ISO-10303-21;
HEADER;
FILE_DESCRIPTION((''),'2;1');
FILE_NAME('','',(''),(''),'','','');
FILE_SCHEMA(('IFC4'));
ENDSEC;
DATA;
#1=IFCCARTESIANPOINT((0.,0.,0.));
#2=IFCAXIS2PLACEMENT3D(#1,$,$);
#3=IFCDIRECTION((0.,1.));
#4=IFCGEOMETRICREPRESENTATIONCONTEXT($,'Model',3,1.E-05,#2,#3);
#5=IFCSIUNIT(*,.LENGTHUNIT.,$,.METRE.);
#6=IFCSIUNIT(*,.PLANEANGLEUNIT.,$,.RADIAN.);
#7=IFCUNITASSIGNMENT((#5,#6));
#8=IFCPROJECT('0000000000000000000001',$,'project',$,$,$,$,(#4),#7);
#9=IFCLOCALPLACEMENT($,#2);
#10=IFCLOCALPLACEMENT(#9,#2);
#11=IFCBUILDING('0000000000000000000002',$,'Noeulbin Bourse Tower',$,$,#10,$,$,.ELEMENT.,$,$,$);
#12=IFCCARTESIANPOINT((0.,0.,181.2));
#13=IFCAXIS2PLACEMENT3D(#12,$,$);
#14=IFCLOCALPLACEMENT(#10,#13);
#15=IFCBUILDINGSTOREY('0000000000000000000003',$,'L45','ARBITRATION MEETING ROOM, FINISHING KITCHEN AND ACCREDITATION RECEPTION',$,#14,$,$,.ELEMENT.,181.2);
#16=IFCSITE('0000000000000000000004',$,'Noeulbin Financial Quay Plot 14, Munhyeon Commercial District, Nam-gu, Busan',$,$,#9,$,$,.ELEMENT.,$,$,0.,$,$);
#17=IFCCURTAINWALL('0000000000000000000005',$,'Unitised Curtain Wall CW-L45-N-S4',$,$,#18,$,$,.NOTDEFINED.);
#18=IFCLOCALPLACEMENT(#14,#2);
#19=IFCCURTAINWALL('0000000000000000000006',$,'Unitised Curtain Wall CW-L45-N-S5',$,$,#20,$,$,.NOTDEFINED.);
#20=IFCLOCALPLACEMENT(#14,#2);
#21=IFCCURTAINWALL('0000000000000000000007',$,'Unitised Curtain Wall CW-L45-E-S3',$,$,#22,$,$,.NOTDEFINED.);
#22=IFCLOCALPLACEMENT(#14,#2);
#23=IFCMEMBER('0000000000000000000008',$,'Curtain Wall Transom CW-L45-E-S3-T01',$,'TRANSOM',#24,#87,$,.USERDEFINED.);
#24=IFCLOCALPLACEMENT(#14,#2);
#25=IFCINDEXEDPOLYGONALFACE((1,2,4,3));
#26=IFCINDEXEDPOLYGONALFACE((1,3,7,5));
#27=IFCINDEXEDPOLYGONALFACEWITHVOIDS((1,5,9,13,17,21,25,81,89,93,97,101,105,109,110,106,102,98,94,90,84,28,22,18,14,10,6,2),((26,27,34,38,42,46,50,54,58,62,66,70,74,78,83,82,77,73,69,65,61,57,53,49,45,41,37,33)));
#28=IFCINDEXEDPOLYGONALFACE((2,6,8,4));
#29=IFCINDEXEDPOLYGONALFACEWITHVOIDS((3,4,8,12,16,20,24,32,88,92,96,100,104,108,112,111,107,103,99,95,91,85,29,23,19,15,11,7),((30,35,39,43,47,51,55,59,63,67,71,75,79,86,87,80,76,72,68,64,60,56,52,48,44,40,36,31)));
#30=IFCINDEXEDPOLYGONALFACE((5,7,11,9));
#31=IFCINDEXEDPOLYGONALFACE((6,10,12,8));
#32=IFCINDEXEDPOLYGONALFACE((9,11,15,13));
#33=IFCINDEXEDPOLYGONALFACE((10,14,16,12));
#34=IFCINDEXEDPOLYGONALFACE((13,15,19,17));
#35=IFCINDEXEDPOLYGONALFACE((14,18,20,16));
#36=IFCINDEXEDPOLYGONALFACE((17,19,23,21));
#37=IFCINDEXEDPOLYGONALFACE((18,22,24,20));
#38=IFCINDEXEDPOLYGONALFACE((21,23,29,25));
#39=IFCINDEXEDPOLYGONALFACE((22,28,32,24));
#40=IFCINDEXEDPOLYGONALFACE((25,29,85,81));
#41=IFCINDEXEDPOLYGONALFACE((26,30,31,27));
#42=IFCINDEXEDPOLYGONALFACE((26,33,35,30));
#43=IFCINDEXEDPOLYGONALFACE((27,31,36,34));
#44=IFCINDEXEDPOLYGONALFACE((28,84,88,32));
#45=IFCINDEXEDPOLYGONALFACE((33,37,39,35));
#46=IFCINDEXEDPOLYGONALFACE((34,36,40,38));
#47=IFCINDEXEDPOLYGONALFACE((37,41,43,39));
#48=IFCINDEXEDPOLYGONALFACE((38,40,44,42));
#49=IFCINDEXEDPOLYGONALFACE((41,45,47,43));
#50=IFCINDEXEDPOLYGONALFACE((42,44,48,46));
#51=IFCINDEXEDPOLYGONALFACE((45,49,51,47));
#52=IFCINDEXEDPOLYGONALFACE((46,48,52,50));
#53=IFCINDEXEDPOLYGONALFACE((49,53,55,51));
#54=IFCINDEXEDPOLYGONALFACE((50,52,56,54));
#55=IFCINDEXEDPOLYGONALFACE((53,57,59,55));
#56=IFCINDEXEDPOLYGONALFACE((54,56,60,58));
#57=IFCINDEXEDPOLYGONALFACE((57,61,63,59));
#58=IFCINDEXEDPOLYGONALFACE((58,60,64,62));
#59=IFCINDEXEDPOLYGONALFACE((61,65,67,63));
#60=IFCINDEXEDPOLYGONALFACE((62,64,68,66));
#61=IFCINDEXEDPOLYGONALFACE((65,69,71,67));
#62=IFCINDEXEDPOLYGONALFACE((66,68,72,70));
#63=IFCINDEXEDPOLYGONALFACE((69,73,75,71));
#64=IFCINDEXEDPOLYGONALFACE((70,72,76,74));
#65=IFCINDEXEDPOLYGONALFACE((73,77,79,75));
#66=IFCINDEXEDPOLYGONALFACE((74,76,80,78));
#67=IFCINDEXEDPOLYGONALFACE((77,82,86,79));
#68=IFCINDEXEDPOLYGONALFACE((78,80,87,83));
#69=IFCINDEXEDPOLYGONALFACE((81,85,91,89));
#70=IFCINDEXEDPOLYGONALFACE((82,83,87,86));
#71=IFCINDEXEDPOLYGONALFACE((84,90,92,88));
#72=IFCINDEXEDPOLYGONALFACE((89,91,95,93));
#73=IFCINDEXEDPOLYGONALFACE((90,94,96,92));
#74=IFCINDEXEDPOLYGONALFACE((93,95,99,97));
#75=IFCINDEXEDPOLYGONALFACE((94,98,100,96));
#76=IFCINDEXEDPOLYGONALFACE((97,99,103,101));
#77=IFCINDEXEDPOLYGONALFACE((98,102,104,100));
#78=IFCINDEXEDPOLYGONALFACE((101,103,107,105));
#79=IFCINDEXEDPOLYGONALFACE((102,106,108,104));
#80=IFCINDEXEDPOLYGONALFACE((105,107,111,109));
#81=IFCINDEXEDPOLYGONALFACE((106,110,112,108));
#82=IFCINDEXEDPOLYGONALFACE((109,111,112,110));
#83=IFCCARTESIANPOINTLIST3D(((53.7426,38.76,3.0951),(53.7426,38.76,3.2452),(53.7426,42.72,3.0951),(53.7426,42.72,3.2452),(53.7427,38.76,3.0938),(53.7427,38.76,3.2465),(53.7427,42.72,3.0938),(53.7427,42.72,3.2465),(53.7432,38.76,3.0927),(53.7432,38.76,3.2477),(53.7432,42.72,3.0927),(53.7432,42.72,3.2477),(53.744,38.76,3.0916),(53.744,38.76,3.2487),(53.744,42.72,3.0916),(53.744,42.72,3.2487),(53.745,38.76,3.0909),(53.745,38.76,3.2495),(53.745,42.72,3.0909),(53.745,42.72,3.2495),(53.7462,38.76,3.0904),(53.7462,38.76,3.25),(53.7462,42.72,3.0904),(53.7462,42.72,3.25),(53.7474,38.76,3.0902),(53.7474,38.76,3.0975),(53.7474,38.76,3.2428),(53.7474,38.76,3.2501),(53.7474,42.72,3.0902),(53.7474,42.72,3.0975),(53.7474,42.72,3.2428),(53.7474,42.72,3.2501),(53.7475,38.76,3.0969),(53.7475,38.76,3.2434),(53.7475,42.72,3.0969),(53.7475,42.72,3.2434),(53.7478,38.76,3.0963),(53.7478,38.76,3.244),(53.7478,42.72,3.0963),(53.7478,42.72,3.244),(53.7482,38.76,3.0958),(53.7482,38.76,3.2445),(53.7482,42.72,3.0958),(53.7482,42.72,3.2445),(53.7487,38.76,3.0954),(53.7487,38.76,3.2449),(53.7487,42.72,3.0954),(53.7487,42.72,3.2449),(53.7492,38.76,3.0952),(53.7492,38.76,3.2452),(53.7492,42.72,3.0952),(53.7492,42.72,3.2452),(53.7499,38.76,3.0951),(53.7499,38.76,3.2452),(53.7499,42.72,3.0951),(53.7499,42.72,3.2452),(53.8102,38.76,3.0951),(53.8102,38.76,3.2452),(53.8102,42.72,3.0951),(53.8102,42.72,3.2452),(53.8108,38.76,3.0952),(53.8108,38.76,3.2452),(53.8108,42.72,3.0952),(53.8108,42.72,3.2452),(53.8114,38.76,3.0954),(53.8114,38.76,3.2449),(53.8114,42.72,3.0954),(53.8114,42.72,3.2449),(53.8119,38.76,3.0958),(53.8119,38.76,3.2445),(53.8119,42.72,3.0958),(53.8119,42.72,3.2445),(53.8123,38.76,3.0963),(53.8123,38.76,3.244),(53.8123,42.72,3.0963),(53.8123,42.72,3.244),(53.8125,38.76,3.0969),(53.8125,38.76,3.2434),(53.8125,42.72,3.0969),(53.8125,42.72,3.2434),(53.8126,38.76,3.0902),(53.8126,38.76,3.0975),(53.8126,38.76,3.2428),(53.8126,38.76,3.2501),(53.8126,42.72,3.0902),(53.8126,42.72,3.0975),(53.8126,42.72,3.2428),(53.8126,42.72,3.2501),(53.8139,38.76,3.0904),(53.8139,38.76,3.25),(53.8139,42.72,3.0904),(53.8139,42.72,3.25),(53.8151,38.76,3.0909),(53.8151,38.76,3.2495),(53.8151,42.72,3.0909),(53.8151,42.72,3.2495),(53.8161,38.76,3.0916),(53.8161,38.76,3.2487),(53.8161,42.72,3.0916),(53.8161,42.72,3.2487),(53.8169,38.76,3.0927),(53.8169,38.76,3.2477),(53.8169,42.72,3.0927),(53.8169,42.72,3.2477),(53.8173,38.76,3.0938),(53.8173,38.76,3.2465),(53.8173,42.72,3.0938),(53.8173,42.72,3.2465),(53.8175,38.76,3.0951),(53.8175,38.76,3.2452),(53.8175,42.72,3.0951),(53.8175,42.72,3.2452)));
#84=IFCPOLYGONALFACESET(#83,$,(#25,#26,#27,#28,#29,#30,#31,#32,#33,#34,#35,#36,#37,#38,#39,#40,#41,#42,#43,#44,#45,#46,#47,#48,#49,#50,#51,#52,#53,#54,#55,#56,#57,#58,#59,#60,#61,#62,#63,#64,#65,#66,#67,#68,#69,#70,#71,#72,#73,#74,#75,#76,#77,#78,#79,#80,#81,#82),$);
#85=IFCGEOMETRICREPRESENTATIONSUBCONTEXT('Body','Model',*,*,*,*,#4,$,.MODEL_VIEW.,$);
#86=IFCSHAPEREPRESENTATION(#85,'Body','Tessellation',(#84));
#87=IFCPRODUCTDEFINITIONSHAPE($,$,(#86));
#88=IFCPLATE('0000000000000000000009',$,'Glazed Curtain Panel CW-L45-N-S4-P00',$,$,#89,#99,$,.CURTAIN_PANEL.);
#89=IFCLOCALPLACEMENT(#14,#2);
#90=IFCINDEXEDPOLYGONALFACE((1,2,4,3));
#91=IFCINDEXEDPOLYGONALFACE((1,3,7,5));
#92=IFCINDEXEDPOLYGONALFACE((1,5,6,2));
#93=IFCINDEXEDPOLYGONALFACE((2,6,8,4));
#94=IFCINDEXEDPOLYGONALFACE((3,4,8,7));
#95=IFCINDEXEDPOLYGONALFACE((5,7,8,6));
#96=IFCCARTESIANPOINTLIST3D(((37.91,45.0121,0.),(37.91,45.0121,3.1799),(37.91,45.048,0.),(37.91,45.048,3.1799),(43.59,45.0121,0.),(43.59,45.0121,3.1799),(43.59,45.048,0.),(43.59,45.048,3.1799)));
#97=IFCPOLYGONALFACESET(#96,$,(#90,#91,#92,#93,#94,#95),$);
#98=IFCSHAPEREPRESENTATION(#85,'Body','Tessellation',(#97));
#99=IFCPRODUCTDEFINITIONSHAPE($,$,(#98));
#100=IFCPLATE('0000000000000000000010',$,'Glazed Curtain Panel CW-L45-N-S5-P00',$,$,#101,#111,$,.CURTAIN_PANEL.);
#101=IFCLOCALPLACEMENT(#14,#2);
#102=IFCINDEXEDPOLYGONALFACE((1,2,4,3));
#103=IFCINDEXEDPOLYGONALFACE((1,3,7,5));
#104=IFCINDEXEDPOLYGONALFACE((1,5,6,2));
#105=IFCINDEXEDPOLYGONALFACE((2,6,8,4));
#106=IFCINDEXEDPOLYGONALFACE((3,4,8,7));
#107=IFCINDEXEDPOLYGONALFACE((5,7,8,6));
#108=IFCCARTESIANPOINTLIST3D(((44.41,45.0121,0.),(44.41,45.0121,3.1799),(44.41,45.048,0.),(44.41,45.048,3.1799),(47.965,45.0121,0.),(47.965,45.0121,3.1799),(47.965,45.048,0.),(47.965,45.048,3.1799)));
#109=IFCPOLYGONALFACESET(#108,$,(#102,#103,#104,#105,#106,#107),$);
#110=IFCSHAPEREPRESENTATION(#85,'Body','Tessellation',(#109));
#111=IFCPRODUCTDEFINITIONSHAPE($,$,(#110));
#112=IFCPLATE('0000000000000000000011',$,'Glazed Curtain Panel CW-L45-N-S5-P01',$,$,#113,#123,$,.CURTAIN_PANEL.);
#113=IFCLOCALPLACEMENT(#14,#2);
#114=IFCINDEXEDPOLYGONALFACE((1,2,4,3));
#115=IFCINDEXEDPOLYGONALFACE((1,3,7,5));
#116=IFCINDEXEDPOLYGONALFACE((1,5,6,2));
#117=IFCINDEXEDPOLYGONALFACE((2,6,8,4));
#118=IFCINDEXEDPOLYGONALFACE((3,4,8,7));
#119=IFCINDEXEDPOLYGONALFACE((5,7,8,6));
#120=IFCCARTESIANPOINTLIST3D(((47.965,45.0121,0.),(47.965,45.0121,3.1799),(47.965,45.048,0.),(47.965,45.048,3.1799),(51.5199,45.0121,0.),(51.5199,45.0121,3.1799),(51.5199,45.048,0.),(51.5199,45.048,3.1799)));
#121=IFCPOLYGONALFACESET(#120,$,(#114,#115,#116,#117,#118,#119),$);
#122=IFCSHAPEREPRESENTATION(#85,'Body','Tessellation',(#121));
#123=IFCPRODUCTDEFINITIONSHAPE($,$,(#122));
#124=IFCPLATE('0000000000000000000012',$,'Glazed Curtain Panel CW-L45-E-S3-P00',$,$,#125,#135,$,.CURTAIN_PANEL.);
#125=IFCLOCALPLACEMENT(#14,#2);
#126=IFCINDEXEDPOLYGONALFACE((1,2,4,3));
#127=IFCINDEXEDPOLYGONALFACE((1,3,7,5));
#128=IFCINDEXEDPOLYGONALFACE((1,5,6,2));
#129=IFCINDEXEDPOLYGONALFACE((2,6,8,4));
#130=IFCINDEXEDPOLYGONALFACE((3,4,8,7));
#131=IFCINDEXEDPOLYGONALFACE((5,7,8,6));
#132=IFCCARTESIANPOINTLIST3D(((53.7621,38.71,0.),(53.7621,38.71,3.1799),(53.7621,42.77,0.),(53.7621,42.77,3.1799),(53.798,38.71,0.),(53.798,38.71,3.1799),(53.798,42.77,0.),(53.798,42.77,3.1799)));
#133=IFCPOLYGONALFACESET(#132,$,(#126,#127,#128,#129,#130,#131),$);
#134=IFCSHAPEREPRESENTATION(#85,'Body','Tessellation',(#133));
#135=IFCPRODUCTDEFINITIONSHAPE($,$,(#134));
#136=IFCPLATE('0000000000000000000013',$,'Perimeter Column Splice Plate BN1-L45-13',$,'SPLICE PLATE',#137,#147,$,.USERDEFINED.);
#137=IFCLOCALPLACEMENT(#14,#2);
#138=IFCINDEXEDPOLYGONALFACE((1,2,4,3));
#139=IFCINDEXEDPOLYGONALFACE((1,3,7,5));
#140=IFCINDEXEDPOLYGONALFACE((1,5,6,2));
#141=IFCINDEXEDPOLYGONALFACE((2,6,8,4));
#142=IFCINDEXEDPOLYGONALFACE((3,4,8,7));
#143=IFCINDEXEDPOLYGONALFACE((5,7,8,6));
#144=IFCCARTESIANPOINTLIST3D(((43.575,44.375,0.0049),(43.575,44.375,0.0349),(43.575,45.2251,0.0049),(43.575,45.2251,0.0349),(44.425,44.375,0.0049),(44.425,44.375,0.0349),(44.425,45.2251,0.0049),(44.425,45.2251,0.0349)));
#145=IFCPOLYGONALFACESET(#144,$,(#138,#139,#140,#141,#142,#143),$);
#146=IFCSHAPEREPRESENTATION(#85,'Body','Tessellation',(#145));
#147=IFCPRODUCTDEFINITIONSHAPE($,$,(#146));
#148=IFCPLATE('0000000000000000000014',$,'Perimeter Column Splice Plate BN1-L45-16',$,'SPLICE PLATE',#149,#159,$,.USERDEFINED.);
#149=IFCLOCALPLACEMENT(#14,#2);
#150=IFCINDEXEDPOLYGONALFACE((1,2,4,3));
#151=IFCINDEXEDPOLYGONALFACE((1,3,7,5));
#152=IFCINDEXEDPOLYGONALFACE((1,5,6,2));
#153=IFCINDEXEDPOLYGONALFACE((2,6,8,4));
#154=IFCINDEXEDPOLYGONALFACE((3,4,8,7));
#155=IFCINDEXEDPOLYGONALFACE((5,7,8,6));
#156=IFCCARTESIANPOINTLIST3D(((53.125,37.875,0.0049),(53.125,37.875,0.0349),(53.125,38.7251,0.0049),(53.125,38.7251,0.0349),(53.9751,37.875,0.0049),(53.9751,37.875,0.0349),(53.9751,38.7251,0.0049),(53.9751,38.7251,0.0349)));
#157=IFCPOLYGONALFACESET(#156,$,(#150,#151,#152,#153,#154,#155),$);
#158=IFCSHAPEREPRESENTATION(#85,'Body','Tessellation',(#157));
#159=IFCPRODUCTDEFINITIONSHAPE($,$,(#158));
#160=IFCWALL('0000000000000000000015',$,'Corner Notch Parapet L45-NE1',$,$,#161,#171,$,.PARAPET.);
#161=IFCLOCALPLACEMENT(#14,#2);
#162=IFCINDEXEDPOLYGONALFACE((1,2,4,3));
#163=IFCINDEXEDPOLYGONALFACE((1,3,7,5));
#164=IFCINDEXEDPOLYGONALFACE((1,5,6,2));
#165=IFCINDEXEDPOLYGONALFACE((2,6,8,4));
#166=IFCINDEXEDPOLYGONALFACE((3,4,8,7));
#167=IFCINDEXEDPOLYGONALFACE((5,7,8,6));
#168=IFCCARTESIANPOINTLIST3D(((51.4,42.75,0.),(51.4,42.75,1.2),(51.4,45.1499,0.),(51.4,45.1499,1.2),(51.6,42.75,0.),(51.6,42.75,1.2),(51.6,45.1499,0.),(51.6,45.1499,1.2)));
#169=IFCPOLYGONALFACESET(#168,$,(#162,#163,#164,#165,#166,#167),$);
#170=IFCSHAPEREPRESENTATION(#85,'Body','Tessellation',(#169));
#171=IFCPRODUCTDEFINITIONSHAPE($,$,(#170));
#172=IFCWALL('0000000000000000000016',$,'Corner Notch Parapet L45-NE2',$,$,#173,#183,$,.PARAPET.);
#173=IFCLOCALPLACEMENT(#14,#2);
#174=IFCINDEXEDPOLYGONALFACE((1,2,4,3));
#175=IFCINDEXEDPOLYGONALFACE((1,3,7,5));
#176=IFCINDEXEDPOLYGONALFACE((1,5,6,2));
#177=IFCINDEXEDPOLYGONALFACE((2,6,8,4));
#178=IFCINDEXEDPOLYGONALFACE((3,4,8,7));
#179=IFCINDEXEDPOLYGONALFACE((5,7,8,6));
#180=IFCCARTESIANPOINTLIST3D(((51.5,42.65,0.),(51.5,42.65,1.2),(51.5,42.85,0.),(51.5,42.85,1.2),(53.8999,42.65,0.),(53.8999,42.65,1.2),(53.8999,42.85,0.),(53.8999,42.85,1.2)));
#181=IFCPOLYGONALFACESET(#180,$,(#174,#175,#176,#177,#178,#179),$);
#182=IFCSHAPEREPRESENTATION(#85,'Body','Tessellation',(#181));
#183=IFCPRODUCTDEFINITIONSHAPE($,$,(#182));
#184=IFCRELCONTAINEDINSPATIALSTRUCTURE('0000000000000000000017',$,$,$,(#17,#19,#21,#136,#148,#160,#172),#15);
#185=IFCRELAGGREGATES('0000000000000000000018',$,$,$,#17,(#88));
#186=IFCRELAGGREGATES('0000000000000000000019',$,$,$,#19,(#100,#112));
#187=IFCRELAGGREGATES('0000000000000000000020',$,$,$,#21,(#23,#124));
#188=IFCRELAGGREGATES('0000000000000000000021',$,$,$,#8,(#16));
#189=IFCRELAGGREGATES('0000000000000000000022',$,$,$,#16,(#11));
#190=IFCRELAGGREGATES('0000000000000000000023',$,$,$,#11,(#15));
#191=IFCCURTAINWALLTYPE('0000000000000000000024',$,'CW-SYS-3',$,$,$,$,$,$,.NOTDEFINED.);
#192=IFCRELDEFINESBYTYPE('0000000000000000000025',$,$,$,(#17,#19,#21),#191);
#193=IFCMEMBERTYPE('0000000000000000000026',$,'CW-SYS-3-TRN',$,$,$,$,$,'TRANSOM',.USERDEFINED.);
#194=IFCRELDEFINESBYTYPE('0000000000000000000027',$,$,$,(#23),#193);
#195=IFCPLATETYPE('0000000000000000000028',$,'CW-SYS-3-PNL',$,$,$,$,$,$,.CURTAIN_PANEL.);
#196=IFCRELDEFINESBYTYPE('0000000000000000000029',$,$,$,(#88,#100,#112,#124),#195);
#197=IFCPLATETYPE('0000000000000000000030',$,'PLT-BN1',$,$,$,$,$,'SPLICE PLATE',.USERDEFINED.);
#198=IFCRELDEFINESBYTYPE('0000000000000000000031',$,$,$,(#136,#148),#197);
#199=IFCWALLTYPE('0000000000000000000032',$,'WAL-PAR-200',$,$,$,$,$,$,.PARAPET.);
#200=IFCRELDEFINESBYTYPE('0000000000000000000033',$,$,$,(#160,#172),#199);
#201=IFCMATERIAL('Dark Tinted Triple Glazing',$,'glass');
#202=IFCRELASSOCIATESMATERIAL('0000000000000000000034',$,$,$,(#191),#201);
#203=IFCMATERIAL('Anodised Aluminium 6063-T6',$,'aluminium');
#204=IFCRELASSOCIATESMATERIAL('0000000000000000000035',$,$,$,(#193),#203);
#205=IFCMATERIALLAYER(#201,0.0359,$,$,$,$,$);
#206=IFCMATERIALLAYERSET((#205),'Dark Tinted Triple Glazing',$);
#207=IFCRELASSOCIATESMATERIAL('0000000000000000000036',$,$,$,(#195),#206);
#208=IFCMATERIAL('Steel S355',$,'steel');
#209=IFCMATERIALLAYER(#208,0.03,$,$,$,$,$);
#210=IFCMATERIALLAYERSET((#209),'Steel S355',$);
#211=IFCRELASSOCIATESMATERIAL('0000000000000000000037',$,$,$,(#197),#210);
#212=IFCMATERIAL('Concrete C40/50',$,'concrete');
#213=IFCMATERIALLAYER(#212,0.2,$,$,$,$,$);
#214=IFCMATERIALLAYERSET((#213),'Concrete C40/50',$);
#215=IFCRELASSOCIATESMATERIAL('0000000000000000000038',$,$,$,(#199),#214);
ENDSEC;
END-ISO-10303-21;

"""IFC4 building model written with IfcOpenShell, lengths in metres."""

from ifc_helpers import new_model, si_unit, direction, frame, frame_2d, origin, origin_2d, place, context, subcontext, project, spatial, rectangle, hollow_rectangle, extrude, material, layer, layer_set, material_profile, profile_set, type_object, element, aggregate, save


model = new_model("IFC4")

# Units and contexts
model_context = context("Model", 3, precision=1e-05, world=origin(), true_north=direction((0.0, 1.0)))
body_context = subcontext(model_context, "Body", "Model", "MODEL_VIEW")
ifc_project = project(units=[si_unit("LENGTHUNIT", "METRE"), si_unit("PLANEANGLEUNIT", "RADIAN")], contexts=[model_context])

# Site, building, storey
site_placement = place(None, origin())
site = spatial("IfcSite", under=ifc_project, at=site_placement, Name="Noeulbin Financial Quay Plot 14, Munhyeon Commercial District, Nam-gu, Busan", CompositionType="ELEMENT", RefElevation=0.0)
building_placement = place(site_placement, origin())
building = spatial("IfcBuilding", under=site, at=building_placement, Name="Noeulbin Bourse Tower", CompositionType="ELEMENT")
storey_placement = place(building_placement, frame((0.0, 0.0, 181.2)))
storey = spatial("IfcBuildingStorey", under=building, at=storey_placement, Name="L45", Description="ARBITRATION MEETING ROOM, FINISHING KITCHEN AND ACCREDITATION RECEPTION", CompositionType="ELEMENT", Elevation=181.2)

# Shared definitions
ifc_material_1 = material(Name="Steel S355", Category="steel")

# Curtain wall
ifc_material_2 = material(Name="Dark Tinted Triple Glazing", Category="glass")
curtain_wall_type = type_object("IfcCurtainWallType", Name="CW-SYS-3", PredefinedType="NOTDEFINED", material=ifc_material_2)
curtain_wall_1_placement = place(storey_placement, origin())
curtain_wall_1 = element("IfcCurtainWall", 1, at=curtain_wall_1_placement, inside=storey, type_object=curtain_wall_type, Name="Unitised Curtain Wall CW-L45-N-S4", PredefinedType="NOTDEFINED")
ifc_material_3 = material(Name="Anodised Aluminium 6063-T6", Category="aluminium")

# Curtain walls
curtain_wall_2_placement = place(storey_placement, origin())
curtain_wall_2 = element("IfcCurtainWall", 2, at=curtain_wall_2_placement, inside=storey, type_object=curtain_wall_type, Name="Unitised Curtain Wall CW-L45-N-S5", PredefinedType="NOTDEFINED")
curtain_wall_3_placement = place(storey_placement, origin())
curtain_wall_3 = element("IfcCurtainWall", 3, at=curtain_wall_3_placement, inside=storey, type_object=curtain_wall_type, Name="Unitised Curtain Wall CW-L45-E-S3", PredefinedType="NOTDEFINED")

# Member
ifc_material_profile_1 = material_profile(ifc_material_3, hollow_rectangle(XDim=0.075, YDim=0.1599, WallThickness=0.0049, InnerFilletRadius=0.0024, OuterFilletRadius=0.0049, at=origin_2d()), Name="ALU-TRAN-75x160x5", Category="LoadBearing")
ifc_profile_set_1 = profile_set([ifc_material_profile_1], Name="Anodised Aluminium 6063-T6")
member_type_1 = type_object("IfcMemberType", Name="CW-SYS-3-TRN", ElementType="TRANSOM", PredefinedType="USERDEFINED", material=ifc_profile_set_1)
member_1_placement = place(storey_placement, frame((53.78, 38.76, 3.1702), z_axis=(0.0, 1.0, 0.0), x_axis=(-1.0, 0.0, 0.0)))
member_1 = element("IfcMember", 4, at=member_1_placement, type_object=member_type_1, Name="Curtain Wall Transom CW-L45-E-S3-T01", ObjectType="TRANSOM", PredefinedType="USERDEFINED", context=body_context, shape_type="SweptSolid", body=[
    extrude(hollow_rectangle(XDim=0.075, YDim=0.1599, WallThickness=0.0049, InnerFilletRadius=0.0024, OuterFilletRadius=0.0049, at=origin_2d()), origin(), (0.0, 0.0, 1.0), 3.96),
])

# Plates
ifc_layer_1 = layer(ifc_material_2, 0.0359)
ifc_layer_set_1 = layer_set([ifc_layer_1], Name="Dark Tinted Triple Glazing")
plate_type_1 = type_object("IfcPlateType", Name="CW-SYS-3-PNL", PredefinedType="CURTAIN_PANEL", material=ifc_layer_set_1)
plate_1_placement = place(storey_placement, frame((40.75, 45.03, 0.0), z_axis=(0.0, 0.0, 1.0), x_axis=(1.0, 0.0, 0.0)))
plate_1 = element("IfcPlate", 5, at=plate_1_placement, type_object=plate_type_1, Name="Glazed Curtain Panel CW-L45-N-S4-P00", PredefinedType="CURTAIN_PANEL", context=body_context, shape_type="SweptSolid", body=[
    extrude(rectangle(XDim=5.6799, YDim=0.0359, at=origin_2d()), origin(), (0.0, 0.0, 1.0), 3.1799),
])
aggregate(curtain_wall_1, [plate_1])
plate_2_placement = place(storey_placement, frame((46.1875, 45.03, 0.0), z_axis=(0.0, 0.0, 1.0), x_axis=(1.0, 0.0, 0.0)))
plate_2 = element("IfcPlate", 6, at=plate_2_placement, type_object=plate_type_1, Name="Glazed Curtain Panel CW-L45-N-S5-P00", PredefinedType="CURTAIN_PANEL", context=body_context, shape_type="SweptSolid", body=[
    extrude(rectangle(XDim=3.5549, YDim=0.0359, at=origin_2d()), origin(), (0.0, 0.0, 1.0), 3.1799),
])
plate_3_placement = place(storey_placement, frame((49.7424, 45.03, 0.0), z_axis=(0.0, 0.0, 1.0), x_axis=(1.0, 0.0, 0.0)))
plate_3 = element("IfcPlate", 7, at=plate_3_placement, type_object=plate_type_1, Name="Glazed Curtain Panel CW-L45-N-S5-P01", PredefinedType="CURTAIN_PANEL", context=body_context, shape_type="SweptSolid", body=[
    extrude(rectangle(XDim=3.5549, YDim=0.0359, at=origin_2d()), origin(), (0.0, 0.0, 1.0), 3.1799),
])
aggregate(curtain_wall_2, [plate_2, plate_3])
plate_4_placement = place(storey_placement, frame((53.78, 40.74, 0.0), z_axis=(0.0, 0.0, 1.0), x_axis=(0.0, 1.0, 0.0)))
plate_4 = element("IfcPlate", 8, at=plate_4_placement, type_object=plate_type_1, Name="Glazed Curtain Panel CW-L45-E-S3-P00", PredefinedType="CURTAIN_PANEL", context=body_context, shape_type="SweptSolid", body=[
    extrude(rectangle(XDim=4.0601, YDim=0.0359, at=origin_2d()), origin(), (0.0, 0.0, 1.0), 3.1799),
])
aggregate(curtain_wall_3, [member_1, plate_4])

# Plates
ifc_layer_2 = layer(ifc_material_1, 0.03)
ifc_layer_set_2 = layer_set([ifc_layer_2], Name="Steel S355")
plate_type_2 = type_object("IfcPlateType", Name="PLT-BN1", ElementType="SPLICE PLATE", PredefinedType="USERDEFINED", material=ifc_layer_set_2)
for number, where, z_axis, x_axis, name in (
    (9, (44.0, 44.8, 0.0049), (0.0, 0.0, 1.0), (1.0, 0.0, 0.0), "Perimeter Column Splice Plate BN1-L45-13"),
    (10, (53.55, 38.3, 0.0049), (0.0, 0.0, 1.0), (1.0, 0.0, 0.0), "Perimeter Column Splice Plate BN1-L45-16"),
):
    element("IfcPlate", number, at=place(storey_placement, frame(where, z_axis=z_axis, x_axis=x_axis)), inside=storey, type_object=plate_type_2, Name=name, ObjectType="SPLICE PLATE", PredefinedType="USERDEFINED", context=body_context, shape_type="SweptSolid", body=[
        extrude(rectangle(XDim=0.8501, YDim=0.8501, at=origin_2d()), origin(), (0.0, 0.0, 1.0), 0.03),
    ])

# Walls
ifc_material_4 = material(Name="Concrete C40/50", Category="concrete")
ifc_layer_3 = layer(ifc_material_4, 0.2)
ifc_layer_set_3 = layer_set([ifc_layer_3], Name="Concrete C40/50")
wall_type_1 = type_object("IfcWallType", Name="WAL-PAR-200", PredefinedType="PARAPET", material=ifc_layer_set_3)
for number, where, z_axis, x_axis, name in (
    (11, (51.5, 45.1499, 0.0), (0.0, 0.0, 1.0), (0.0, -1.0, 0.0), "Corner Notch Parapet L45-NE1"),
    (12, (51.5, 42.75, 0.0), (0.0, 0.0, 1.0), (1.0, 0.0, 0.0), "Corner Notch Parapet L45-NE2"),
):
    element("IfcWall", number, at=place(storey_placement, frame(where, z_axis=z_axis, x_axis=x_axis)), inside=storey, type_object=wall_type_1, Name=name, PredefinedType="PARAPET", context=body_context, shape_type="SweptSolid", body=[
        extrude(rectangle(XDim=2.3999, YDim=0.2, at=frame_2d((1.2, 0.0))), origin(), (0.0, 0.0, 1.0), 1.2),
    ])

save(model, "model.ifc")
